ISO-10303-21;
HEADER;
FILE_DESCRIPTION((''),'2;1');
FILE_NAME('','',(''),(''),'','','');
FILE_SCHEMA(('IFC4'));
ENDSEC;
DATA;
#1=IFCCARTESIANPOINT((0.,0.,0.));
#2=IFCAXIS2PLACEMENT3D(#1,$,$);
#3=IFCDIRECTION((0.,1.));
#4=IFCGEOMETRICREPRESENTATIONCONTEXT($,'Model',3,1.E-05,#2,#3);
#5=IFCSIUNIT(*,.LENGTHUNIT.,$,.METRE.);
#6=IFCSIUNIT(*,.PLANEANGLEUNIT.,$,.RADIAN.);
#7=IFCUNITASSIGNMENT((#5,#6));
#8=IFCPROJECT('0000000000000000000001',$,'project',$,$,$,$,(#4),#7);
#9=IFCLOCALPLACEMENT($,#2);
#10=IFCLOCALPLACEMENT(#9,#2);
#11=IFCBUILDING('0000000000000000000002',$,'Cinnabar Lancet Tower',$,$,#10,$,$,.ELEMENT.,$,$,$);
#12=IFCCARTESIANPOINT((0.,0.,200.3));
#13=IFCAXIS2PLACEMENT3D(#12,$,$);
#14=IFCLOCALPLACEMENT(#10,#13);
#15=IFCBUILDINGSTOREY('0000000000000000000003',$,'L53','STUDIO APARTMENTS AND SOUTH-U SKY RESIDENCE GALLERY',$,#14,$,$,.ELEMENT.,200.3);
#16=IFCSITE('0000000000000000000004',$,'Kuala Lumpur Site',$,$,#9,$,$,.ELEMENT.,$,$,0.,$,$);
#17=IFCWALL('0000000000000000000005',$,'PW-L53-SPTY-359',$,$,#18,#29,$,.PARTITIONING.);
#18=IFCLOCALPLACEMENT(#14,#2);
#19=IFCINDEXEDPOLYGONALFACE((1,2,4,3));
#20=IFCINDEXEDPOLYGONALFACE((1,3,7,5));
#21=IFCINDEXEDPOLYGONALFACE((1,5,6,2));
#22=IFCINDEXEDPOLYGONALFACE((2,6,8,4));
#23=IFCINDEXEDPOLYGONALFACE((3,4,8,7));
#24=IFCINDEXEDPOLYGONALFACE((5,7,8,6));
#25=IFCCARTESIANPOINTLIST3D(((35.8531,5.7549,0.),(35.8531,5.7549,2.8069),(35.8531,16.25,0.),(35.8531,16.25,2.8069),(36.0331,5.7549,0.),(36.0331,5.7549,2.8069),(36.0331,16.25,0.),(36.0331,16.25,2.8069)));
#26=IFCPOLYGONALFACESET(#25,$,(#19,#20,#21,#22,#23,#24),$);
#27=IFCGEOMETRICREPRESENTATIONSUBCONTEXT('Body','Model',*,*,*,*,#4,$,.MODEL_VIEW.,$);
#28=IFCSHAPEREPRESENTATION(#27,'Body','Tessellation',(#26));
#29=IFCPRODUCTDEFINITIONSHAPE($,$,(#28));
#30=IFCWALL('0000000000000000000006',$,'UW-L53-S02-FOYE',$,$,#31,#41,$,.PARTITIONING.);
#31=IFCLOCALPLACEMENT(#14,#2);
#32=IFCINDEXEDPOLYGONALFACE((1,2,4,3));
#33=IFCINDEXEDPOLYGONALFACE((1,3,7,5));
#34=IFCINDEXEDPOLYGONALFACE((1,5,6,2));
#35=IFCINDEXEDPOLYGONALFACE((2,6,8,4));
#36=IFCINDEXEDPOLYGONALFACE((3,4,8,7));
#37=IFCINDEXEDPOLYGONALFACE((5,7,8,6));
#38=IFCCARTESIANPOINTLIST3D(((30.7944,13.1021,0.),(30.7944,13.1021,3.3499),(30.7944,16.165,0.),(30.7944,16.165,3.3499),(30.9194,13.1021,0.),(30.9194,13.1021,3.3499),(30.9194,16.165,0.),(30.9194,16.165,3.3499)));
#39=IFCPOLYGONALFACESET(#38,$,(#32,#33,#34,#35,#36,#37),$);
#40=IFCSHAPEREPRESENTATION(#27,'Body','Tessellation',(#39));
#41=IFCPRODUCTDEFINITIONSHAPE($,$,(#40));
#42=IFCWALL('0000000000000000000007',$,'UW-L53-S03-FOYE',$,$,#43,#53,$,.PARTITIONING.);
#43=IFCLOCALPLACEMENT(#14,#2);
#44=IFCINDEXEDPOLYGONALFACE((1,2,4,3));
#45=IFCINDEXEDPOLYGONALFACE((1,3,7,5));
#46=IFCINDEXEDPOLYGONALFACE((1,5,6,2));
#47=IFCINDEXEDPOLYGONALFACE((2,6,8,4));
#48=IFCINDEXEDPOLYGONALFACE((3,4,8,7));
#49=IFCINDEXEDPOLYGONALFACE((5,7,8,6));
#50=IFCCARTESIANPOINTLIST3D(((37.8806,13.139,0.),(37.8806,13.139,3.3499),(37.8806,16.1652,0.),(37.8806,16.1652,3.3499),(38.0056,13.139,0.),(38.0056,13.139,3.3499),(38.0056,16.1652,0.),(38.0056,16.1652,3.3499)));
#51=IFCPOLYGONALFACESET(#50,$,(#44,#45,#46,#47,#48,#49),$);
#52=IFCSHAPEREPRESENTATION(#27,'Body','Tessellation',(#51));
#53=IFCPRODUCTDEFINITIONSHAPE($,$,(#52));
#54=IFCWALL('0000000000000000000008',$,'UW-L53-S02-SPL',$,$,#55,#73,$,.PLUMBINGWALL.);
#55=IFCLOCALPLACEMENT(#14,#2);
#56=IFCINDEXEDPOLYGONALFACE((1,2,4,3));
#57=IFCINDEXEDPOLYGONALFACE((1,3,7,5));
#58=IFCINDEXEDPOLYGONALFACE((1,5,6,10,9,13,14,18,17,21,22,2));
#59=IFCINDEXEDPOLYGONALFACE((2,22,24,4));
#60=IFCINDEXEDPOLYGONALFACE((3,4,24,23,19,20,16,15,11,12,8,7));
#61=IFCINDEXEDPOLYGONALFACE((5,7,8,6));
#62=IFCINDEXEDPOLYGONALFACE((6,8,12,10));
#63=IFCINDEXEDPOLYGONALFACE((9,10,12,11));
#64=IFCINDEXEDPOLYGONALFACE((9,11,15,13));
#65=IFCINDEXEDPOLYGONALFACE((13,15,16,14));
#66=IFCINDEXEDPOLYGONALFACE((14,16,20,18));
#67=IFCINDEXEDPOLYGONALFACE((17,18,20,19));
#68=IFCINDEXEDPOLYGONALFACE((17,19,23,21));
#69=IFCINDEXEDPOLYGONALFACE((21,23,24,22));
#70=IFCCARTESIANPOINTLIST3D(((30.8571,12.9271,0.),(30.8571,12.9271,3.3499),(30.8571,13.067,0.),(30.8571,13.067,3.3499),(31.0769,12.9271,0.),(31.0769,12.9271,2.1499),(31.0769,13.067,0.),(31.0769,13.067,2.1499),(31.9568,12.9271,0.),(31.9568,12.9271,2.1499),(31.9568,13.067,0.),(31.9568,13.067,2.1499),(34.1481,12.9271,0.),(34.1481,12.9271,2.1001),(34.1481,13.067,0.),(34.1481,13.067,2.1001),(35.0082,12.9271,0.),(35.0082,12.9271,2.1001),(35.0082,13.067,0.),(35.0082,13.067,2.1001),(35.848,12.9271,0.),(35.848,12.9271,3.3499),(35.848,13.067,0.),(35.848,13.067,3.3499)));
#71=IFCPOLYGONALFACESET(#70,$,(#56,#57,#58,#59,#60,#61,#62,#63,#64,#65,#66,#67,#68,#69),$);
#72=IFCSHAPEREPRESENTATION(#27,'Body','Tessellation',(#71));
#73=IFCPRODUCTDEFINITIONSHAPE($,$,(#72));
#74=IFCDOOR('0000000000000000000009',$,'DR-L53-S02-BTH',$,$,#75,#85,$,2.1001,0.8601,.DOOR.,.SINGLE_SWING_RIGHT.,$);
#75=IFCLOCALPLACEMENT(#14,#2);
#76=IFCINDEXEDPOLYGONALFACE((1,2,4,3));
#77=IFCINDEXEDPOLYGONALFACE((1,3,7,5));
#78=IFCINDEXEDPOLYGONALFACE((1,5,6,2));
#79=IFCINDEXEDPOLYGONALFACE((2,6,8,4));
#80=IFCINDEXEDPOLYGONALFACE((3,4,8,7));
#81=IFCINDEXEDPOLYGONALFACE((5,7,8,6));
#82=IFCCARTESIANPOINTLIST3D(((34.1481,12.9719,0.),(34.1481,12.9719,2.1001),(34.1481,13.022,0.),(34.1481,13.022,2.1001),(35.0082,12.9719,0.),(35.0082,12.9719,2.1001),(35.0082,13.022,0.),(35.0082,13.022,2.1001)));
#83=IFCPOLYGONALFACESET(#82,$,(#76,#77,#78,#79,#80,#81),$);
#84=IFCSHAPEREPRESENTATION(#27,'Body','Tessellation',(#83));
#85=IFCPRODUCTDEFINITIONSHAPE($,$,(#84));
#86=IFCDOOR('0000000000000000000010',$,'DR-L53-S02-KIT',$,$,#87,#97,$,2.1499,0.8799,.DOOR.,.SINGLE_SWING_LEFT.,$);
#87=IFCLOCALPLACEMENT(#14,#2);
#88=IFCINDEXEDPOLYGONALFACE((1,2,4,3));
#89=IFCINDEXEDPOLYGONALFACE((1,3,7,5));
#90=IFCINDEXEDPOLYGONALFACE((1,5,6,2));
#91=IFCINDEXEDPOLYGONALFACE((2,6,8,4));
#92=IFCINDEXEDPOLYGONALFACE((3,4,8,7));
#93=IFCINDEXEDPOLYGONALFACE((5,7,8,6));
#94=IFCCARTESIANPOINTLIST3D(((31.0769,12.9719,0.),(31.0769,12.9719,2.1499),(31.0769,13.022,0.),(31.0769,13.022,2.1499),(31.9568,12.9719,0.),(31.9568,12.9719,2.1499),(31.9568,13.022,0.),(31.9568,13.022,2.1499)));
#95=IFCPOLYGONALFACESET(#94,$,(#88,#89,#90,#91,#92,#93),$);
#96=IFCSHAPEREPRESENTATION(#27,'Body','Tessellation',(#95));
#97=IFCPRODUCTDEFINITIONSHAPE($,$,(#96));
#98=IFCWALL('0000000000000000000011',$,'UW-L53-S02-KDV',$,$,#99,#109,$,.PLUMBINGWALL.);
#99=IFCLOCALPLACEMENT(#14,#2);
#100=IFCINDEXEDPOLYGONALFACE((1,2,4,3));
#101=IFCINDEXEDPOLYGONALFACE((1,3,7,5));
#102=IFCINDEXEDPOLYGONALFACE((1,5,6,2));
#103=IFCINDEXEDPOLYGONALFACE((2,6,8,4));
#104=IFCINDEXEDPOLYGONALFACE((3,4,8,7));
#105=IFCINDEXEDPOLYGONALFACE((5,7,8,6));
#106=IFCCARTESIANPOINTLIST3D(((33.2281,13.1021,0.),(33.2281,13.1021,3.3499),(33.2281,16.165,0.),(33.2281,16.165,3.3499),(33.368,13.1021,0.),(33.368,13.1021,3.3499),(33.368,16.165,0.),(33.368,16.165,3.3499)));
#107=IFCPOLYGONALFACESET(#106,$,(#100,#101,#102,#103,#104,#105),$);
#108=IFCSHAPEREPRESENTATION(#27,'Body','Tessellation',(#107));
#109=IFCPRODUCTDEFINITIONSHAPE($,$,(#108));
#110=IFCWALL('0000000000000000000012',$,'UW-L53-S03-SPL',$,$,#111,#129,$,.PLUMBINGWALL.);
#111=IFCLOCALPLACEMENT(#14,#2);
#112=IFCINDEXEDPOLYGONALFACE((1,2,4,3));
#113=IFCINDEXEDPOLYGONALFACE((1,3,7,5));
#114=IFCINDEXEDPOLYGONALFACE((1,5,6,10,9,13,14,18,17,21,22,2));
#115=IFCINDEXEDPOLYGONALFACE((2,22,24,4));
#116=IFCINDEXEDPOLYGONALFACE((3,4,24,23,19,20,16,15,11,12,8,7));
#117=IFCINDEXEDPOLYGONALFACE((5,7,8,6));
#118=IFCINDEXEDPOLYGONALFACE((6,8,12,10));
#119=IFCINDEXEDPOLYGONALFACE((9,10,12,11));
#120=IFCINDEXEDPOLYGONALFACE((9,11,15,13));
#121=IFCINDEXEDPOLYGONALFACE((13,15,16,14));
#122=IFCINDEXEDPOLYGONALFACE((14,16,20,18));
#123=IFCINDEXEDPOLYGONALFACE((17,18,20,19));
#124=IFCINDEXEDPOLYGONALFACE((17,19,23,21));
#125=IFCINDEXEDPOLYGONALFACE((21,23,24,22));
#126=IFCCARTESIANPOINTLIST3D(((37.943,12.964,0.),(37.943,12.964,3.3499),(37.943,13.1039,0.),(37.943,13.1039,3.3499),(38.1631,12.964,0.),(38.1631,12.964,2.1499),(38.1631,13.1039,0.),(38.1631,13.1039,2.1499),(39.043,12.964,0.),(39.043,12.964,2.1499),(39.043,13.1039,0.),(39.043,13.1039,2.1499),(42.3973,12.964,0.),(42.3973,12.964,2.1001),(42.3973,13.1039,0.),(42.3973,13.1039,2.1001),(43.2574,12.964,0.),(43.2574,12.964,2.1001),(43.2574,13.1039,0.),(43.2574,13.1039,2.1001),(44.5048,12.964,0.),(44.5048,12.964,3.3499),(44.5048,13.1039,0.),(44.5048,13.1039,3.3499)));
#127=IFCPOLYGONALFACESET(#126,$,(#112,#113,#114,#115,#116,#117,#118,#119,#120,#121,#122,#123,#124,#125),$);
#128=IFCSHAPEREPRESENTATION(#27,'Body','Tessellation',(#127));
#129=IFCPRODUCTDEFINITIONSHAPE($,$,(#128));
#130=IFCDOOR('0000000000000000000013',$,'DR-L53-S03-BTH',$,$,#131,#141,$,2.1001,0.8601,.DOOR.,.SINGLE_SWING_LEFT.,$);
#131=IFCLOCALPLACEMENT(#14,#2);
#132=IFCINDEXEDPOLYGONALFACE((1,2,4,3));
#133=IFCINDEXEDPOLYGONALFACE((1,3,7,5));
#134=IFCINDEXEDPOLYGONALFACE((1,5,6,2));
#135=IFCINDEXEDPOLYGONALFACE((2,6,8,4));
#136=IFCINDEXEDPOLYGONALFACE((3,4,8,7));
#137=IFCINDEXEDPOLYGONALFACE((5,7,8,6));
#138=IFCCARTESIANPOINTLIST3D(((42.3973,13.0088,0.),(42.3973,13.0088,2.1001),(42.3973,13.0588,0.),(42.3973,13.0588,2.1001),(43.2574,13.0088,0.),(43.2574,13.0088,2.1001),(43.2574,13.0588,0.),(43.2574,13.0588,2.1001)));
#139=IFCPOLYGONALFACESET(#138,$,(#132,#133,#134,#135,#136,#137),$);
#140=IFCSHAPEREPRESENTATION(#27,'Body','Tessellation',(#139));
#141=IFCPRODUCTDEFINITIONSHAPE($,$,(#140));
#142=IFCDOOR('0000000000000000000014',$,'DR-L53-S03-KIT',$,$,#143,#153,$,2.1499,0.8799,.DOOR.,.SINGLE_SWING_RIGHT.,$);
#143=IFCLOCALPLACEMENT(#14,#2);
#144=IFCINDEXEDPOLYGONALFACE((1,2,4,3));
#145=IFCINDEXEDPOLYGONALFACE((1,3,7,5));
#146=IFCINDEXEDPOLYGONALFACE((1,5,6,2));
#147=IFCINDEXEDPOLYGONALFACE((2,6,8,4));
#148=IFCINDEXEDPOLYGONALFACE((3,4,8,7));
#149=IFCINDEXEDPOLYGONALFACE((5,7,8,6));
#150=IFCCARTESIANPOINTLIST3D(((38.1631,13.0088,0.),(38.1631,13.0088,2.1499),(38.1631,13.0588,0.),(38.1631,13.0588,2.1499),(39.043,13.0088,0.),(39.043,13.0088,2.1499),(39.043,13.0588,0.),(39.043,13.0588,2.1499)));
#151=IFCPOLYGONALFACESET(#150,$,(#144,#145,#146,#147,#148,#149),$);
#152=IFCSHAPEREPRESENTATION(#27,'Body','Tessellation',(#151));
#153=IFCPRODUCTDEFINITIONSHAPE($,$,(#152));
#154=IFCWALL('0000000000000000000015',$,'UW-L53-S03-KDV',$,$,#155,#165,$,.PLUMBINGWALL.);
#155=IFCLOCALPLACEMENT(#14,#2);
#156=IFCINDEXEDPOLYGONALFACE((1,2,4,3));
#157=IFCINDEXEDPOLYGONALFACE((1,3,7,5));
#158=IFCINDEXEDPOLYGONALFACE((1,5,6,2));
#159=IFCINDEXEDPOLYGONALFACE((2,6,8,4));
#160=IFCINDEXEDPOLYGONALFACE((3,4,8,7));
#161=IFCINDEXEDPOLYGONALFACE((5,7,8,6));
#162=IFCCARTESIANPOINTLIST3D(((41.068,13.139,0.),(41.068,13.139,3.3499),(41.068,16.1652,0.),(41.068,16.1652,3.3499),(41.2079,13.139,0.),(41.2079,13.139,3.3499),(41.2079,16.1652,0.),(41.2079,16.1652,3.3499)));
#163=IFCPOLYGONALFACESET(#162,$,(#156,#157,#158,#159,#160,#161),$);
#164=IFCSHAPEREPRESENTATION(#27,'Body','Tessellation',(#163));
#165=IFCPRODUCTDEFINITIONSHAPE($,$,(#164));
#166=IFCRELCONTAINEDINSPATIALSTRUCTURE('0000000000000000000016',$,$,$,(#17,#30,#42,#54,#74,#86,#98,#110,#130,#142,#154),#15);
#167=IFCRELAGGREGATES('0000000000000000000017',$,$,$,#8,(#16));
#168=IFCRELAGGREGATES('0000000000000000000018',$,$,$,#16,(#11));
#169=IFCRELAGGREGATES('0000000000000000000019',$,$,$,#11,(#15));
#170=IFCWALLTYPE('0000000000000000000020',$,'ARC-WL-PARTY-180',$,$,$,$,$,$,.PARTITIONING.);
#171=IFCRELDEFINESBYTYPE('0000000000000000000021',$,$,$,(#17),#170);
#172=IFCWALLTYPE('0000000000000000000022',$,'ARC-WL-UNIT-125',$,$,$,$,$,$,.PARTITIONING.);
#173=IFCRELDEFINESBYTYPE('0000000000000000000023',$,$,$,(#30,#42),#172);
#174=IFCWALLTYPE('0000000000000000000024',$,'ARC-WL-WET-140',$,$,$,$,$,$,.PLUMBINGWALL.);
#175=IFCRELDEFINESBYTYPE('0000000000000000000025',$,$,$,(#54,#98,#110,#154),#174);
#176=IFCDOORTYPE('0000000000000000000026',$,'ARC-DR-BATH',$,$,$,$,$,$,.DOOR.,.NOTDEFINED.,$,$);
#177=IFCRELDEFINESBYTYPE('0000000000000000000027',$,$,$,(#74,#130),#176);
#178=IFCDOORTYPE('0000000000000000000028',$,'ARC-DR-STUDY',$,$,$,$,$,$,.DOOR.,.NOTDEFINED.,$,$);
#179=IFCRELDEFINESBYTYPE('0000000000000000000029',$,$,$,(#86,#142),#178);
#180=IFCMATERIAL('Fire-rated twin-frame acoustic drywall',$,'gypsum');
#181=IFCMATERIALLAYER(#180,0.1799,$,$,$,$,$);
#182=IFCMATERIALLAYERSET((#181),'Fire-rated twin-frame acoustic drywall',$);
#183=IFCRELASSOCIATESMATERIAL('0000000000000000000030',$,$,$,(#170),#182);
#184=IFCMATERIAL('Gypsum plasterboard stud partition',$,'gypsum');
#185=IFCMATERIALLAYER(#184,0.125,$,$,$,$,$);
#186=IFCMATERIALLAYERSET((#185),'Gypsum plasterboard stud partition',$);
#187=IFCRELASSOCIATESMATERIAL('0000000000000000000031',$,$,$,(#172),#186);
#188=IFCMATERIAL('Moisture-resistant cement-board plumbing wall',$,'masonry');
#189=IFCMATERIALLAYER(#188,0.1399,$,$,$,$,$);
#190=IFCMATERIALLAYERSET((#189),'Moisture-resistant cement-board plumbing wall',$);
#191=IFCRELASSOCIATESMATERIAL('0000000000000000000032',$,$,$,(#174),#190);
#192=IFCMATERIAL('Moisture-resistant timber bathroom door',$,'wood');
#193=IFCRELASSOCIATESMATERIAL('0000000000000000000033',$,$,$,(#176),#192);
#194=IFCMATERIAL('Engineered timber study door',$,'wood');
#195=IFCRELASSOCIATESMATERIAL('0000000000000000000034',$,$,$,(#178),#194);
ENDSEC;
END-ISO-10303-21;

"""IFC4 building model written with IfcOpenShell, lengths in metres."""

from ifc_helpers import new_model, si_unit, direction, frame, frame_2d, origin, place, context, subcontext, project, spatial, rectangle, extrude, material, layer, layer_set, type_object, element, fill, save


model = new_model("IFC4")

# Units and contexts
model_context = context("Model", 3, precision=1e-05, world=origin(), true_north=direction((0.0, 1.0)))
body_context = subcontext(model_context, "Body", "Model", "MODEL_VIEW")
ifc_project = project(units=[si_unit("LENGTHUNIT", "METRE"), si_unit("PLANEANGLEUNIT", "RADIAN")], contexts=[model_context])

# Site, building, storey
site_placement = place(None, origin())
site = spatial("IfcSite", under=ifc_project, at=site_placement, Name="Kuala Lumpur Site", CompositionType="ELEMENT", RefElevation=0.0)
building_placement = place(site_placement, origin())
building = spatial("IfcBuilding", under=site, at=building_placement, Name="Cinnabar Lancet Tower", CompositionType="ELEMENT")
storey_placement = place(building_placement, frame((0.0, 0.0, 200.3)))
storey = spatial("IfcBuildingStorey", under=building, at=storey_placement, Name="L53", Description="STUDIO APARTMENTS AND SOUTH-U SKY RESIDENCE GALLERY", CompositionType="ELEMENT", Elevation=200.3)

# Walls
ifc_material_1 = material(Name="Fire-rated twin-frame acoustic drywall", Category="gypsum")
ifc_layer_1 = layer(ifc_material_1, 0.1799)
ifc_layer_set_1 = layer_set([ifc_layer_1], Name="Fire-rated twin-frame acoustic drywall")
wall_type_1 = type_object("IfcWallType", Name="ARC-WL-PARTY-180", PredefinedType="PARTITIONING", material=ifc_layer_set_1)
wall_1_placement = place(storey_placement, frame((35.9431, 5.7549, 0.0), z_axis=(0.0, 0.0, 1.0), x_axis=(0.0, 1.0, 0.0)))
element("IfcWall", 1, at=wall_1_placement, inside=storey, type_object=wall_type_1, Name="PW-L53-SPTY-359", PredefinedType="PARTITIONING", context=body_context, shape_type="SweptSolid", body=[
    extrude(rectangle(XDim=10.4951, YDim=0.1799, at=frame_2d((5.2476, 0.0))), origin(), (0.0, 0.0, 1.0), 2.8069),
])
ifc_material_2 = material(Name="Gypsum plasterboard stud partition", Category="gypsum")
ifc_layer_2 = layer(ifc_material_2, 0.125)
ifc_layer_set_2 = layer_set([ifc_layer_2], Name="Gypsum plasterboard stud partition")
wall_type_2 = type_object("IfcWallType", Name="ARC-WL-UNIT-125", PredefinedType="PARTITIONING", material=ifc_layer_set_2)
wall_2_placement = place(storey_placement, frame((30.8569, 13.1021, 0.0), z_axis=(0.0, 0.0, 1.0), x_axis=(0.0, 1.0, 0.0)))
element("IfcWall", 2, at=wall_2_placement, inside=storey, type_object=wall_type_2, Name="UW-L53-S02-FOYE", PredefinedType="PARTITIONING", context=body_context, shape_type="SweptSolid", body=[
    extrude(rectangle(XDim=3.063, YDim=0.125, at=frame_2d((1.5315, 0.0))), origin(), (0.0, 0.0, 1.0), 3.3499),
])
wall_3_placement = place(storey_placement, frame((37.9431, 13.1389, 0.0), z_axis=(0.0, 0.0, 1.0), x_axis=(0.0, 1.0, 0.0)))
element("IfcWall", 3, at=wall_3_placement, inside=storey, type_object=wall_type_2, Name="UW-L53-S03-FOYE", PredefinedType="PARTITIONING", context=body_context, shape_type="SweptSolid", body=[
    extrude(rectangle(XDim=3.0261, YDim=0.125, at=frame_2d((1.5132, 0.0))), origin(), (0.0, 0.0, 1.0), 3.3499),
])

# Wall, openings, doors
ifc_material_3 = material(Name="Moisture-resistant cement-board plumbing wall", Category="masonry")
ifc_layer_3 = layer(ifc_material_3, 0.1399)
ifc_layer_set_3 = layer_set([ifc_layer_3], Name="Moisture-resistant cement-board plumbing wall")
wall_type_3 = type_object("IfcWallType", Name="ARC-WL-WET-140", PredefinedType="PLUMBINGWALL", material=ifc_layer_set_3)
wall_4_placement = place(storey_placement, frame((30.8569, 12.9971, 0.0), z_axis=(0.0, 0.0, 1.0), x_axis=(1.0, 0.0, 0.0)))
wall_4 = element("IfcWall", 4, at=wall_4_placement, inside=storey, type_object=wall_type_3, Name="UW-L53-S02-SPL", PredefinedType="PLUMBINGWALL", context=body_context, shape_type="SweptSolid", body=[
    extrude(rectangle(XDim=4.991, YDim=0.1399, at=frame_2d((2.4956, 0.0))), origin(), (0.0, 0.0, 1.0), 3.3499),
])
opening_1_placement = place(wall_4_placement, frame((3.291, 0.0, 0.0)))
opening_1 = element("IfcOpeningElement", 5, at=opening_1_placement, cuts=wall_4, PredefinedType="OPENING", context=body_context, shape_type="SweptSolid", body=[
    extrude(rectangle(XDim=0.8601, YDim=2.1001, at=frame_2d((0.4302, 1.05))), frame((0.0, 0.0798, 0.0), z_axis=(0.0, -1.0, 0.0), x_axis=(1.0, 0.0, 0.0)), (0.0, 0.0, 1.0), 0.1599),
])
opening_2_placement = place(wall_4_placement, frame((0.22, 0.0, 0.0)))
opening_2 = element("IfcOpeningElement", 6, at=opening_2_placement, cuts=wall_4, PredefinedType="OPENING", context=body_context, shape_type="SweptSolid", body=[
    extrude(rectangle(XDim=0.8799, YDim=2.1499, at=frame_2d((0.4399, 1.075))), frame((0.0, 0.0798, 0.0), z_axis=(0.0, -1.0, 0.0), x_axis=(1.0, 0.0, 0.0)), (0.0, 0.0, 1.0), 0.1599),
])
ifc_material_4 = material(Name="Moisture-resistant timber bathroom door", Category="wood")
door_type_1 = type_object("IfcDoorType", Name="ARC-DR-BATH", OperationType="NOTDEFINED", PredefinedType="DOOR", material=ifc_material_4)
door_1_placement = place(opening_1_placement, origin())
door_1 = element("IfcDoor", 7, at=door_1_placement, inside=storey, type_object=door_type_1, Name="DR-L53-S02-BTH", OperationType="SINGLE_SWING_RIGHT", OverallHeight=2.1001, OverallWidth=0.8601, PredefinedType="DOOR", context=body_context, shape_type="SweptSolid", body=[
    extrude(rectangle(XDim=0.8601, YDim=2.1001, at=frame_2d((0.4302, 1.05))), frame((0.0, 0.0249, 0.0), z_axis=(0.0, -1.0, 0.0), x_axis=(1.0, 0.0, 0.0)), (0.0, 0.0, 1.0), 0.05),
])
fill(opening_1, door_1)
ifc_material_5 = material(Name="Engineered timber study door", Category="wood")
door_type_2 = type_object("IfcDoorType", Name="ARC-DR-STUDY", OperationType="NOTDEFINED", PredefinedType="DOOR", material=ifc_material_5)
door_2_placement = place(opening_2_placement, origin())
door_2 = element("IfcDoor", 8, at=door_2_placement, inside=storey, type_object=door_type_2, Name="DR-L53-S02-KIT", OperationType="SINGLE_SWING_LEFT", OverallHeight=2.1499, OverallWidth=0.8799, PredefinedType="DOOR", context=body_context, shape_type="SweptSolid", body=[
    extrude(rectangle(XDim=0.8799, YDim=2.1499, at=frame_2d((0.4399, 1.075))), frame((0.0, 0.0249, 0.0), z_axis=(0.0, -1.0, 0.0), x_axis=(1.0, 0.0, 0.0)), (0.0, 0.0, 1.0), 0.05),
])
fill(opening_2, door_2)

# Wall
wall_5_placement = place(storey_placement, frame((33.2981, 13.1021, 0.0), z_axis=(0.0, 0.0, 1.0), x_axis=(0.0, 1.0, 0.0)))
element("IfcWall", 9, at=wall_5_placement, inside=storey, type_object=wall_type_3, Name="UW-L53-S02-KDV", PredefinedType="PLUMBINGWALL", context=body_context, shape_type="SweptSolid", body=[
    extrude(rectangle(XDim=3.063, YDim=0.1399, at=frame_2d((1.5315, 0.0))), origin(), (0.0, 0.0, 1.0), 3.3499),
])

# Wall, openings, doors
wall_6_placement = place(storey_placement, frame((37.9431, 13.0339, 0.0), z_axis=(0.0, 0.0, 1.0), x_axis=(1.0, 0.0, 0.0)))
wall_6 = element("IfcWall", 10, at=wall_6_placement, inside=storey, type_object=wall_type_3, Name="UW-L53-S03-SPL", PredefinedType="PLUMBINGWALL", context=body_context, shape_type="SweptSolid", body=[
    extrude(rectangle(XDim=6.5618, YDim=0.1399, at=frame_2d((3.2808, 0.0))), origin(), (0.0, 0.0, 1.0), 3.3499),
])
opening_3_placement = place(wall_6_placement, frame((4.4541, 0.0, 0.0)))
opening_3 = element("IfcOpeningElement", 11, at=opening_3_placement, cuts=wall_6, PredefinedType="OPENING", context=body_context, shape_type="SweptSolid", body=[
    extrude(rectangle(XDim=0.8601, YDim=2.1001, at=frame_2d((0.4302, 1.05))), frame((0.0, 0.0798, 0.0), z_axis=(0.0, -1.0, 0.0), x_axis=(1.0, 0.0, 0.0)), (0.0, 0.0, 1.0), 0.1599),
])
opening_4_placement = place(wall_6_placement, frame((0.22, 0.0, 0.0)))
opening_4 = element("IfcOpeningElement", 12, at=opening_4_placement, cuts=wall_6, PredefinedType="OPENING", context=body_context, shape_type="SweptSolid", body=[
    extrude(rectangle(XDim=0.8799, YDim=2.1499, at=frame_2d((0.4399, 1.075))), frame((0.0, 0.0798, 0.0), z_axis=(0.0, -1.0, 0.0), x_axis=(1.0, 0.0, 0.0)), (0.0, 0.0, 1.0), 0.1599),
])
door_3_placement = place(opening_3_placement, origin())
door_3 = element("IfcDoor", 13, at=door_3_placement, inside=storey, type_object=door_type_1, Name="DR-L53-S03-BTH", OperationType="SINGLE_SWING_LEFT", OverallHeight=2.1001, OverallWidth=0.8601, PredefinedType="DOOR", context=body_context, shape_type="SweptSolid", body=[
    extrude(rectangle(XDim=0.8601, YDim=2.1001, at=frame_2d((0.4302, 1.05))), frame((0.0, 0.0249, 0.0), z_axis=(0.0, -1.0, 0.0), x_axis=(1.0, 0.0, 0.0)), (0.0, 0.0, 1.0), 0.05),
])
fill(opening_3, door_3)
door_4_placement = place(opening_4_placement, origin())
door_4 = element("IfcDoor", 14, at=door_4_placement, inside=storey, type_object=door_type_2, Name="DR-L53-S03-KIT", OperationType="SINGLE_SWING_RIGHT", OverallHeight=2.1499, OverallWidth=0.8799, PredefinedType="DOOR", context=body_context, shape_type="SweptSolid", body=[
    extrude(rectangle(XDim=0.8799, YDim=2.1499, at=frame_2d((0.4399, 1.075))), frame((0.0, 0.0249, 0.0), z_axis=(0.0, -1.0, 0.0), x_axis=(1.0, 0.0, 0.0)), (0.0, 0.0, 1.0), 0.05),
])
fill(opening_4, door_4)

# Wall
wall_7_placement = place(storey_placement, frame((41.1379, 13.1389, 0.0), z_axis=(0.0, 0.0, 1.0), x_axis=(0.0, 1.0, 0.0)))
element("IfcWall", 15, at=wall_7_placement, inside=storey, type_object=wall_type_3, Name="UW-L53-S03-KDV", PredefinedType="PLUMBINGWALL", context=body_context, shape_type="SweptSolid", body=[
    extrude(rectangle(XDim=3.0261, YDim=0.1399, at=frame_2d((1.5132, 0.0))), origin(), (0.0, 0.0, 1.0), 3.3499),
])

save(model, "model.ifc")
